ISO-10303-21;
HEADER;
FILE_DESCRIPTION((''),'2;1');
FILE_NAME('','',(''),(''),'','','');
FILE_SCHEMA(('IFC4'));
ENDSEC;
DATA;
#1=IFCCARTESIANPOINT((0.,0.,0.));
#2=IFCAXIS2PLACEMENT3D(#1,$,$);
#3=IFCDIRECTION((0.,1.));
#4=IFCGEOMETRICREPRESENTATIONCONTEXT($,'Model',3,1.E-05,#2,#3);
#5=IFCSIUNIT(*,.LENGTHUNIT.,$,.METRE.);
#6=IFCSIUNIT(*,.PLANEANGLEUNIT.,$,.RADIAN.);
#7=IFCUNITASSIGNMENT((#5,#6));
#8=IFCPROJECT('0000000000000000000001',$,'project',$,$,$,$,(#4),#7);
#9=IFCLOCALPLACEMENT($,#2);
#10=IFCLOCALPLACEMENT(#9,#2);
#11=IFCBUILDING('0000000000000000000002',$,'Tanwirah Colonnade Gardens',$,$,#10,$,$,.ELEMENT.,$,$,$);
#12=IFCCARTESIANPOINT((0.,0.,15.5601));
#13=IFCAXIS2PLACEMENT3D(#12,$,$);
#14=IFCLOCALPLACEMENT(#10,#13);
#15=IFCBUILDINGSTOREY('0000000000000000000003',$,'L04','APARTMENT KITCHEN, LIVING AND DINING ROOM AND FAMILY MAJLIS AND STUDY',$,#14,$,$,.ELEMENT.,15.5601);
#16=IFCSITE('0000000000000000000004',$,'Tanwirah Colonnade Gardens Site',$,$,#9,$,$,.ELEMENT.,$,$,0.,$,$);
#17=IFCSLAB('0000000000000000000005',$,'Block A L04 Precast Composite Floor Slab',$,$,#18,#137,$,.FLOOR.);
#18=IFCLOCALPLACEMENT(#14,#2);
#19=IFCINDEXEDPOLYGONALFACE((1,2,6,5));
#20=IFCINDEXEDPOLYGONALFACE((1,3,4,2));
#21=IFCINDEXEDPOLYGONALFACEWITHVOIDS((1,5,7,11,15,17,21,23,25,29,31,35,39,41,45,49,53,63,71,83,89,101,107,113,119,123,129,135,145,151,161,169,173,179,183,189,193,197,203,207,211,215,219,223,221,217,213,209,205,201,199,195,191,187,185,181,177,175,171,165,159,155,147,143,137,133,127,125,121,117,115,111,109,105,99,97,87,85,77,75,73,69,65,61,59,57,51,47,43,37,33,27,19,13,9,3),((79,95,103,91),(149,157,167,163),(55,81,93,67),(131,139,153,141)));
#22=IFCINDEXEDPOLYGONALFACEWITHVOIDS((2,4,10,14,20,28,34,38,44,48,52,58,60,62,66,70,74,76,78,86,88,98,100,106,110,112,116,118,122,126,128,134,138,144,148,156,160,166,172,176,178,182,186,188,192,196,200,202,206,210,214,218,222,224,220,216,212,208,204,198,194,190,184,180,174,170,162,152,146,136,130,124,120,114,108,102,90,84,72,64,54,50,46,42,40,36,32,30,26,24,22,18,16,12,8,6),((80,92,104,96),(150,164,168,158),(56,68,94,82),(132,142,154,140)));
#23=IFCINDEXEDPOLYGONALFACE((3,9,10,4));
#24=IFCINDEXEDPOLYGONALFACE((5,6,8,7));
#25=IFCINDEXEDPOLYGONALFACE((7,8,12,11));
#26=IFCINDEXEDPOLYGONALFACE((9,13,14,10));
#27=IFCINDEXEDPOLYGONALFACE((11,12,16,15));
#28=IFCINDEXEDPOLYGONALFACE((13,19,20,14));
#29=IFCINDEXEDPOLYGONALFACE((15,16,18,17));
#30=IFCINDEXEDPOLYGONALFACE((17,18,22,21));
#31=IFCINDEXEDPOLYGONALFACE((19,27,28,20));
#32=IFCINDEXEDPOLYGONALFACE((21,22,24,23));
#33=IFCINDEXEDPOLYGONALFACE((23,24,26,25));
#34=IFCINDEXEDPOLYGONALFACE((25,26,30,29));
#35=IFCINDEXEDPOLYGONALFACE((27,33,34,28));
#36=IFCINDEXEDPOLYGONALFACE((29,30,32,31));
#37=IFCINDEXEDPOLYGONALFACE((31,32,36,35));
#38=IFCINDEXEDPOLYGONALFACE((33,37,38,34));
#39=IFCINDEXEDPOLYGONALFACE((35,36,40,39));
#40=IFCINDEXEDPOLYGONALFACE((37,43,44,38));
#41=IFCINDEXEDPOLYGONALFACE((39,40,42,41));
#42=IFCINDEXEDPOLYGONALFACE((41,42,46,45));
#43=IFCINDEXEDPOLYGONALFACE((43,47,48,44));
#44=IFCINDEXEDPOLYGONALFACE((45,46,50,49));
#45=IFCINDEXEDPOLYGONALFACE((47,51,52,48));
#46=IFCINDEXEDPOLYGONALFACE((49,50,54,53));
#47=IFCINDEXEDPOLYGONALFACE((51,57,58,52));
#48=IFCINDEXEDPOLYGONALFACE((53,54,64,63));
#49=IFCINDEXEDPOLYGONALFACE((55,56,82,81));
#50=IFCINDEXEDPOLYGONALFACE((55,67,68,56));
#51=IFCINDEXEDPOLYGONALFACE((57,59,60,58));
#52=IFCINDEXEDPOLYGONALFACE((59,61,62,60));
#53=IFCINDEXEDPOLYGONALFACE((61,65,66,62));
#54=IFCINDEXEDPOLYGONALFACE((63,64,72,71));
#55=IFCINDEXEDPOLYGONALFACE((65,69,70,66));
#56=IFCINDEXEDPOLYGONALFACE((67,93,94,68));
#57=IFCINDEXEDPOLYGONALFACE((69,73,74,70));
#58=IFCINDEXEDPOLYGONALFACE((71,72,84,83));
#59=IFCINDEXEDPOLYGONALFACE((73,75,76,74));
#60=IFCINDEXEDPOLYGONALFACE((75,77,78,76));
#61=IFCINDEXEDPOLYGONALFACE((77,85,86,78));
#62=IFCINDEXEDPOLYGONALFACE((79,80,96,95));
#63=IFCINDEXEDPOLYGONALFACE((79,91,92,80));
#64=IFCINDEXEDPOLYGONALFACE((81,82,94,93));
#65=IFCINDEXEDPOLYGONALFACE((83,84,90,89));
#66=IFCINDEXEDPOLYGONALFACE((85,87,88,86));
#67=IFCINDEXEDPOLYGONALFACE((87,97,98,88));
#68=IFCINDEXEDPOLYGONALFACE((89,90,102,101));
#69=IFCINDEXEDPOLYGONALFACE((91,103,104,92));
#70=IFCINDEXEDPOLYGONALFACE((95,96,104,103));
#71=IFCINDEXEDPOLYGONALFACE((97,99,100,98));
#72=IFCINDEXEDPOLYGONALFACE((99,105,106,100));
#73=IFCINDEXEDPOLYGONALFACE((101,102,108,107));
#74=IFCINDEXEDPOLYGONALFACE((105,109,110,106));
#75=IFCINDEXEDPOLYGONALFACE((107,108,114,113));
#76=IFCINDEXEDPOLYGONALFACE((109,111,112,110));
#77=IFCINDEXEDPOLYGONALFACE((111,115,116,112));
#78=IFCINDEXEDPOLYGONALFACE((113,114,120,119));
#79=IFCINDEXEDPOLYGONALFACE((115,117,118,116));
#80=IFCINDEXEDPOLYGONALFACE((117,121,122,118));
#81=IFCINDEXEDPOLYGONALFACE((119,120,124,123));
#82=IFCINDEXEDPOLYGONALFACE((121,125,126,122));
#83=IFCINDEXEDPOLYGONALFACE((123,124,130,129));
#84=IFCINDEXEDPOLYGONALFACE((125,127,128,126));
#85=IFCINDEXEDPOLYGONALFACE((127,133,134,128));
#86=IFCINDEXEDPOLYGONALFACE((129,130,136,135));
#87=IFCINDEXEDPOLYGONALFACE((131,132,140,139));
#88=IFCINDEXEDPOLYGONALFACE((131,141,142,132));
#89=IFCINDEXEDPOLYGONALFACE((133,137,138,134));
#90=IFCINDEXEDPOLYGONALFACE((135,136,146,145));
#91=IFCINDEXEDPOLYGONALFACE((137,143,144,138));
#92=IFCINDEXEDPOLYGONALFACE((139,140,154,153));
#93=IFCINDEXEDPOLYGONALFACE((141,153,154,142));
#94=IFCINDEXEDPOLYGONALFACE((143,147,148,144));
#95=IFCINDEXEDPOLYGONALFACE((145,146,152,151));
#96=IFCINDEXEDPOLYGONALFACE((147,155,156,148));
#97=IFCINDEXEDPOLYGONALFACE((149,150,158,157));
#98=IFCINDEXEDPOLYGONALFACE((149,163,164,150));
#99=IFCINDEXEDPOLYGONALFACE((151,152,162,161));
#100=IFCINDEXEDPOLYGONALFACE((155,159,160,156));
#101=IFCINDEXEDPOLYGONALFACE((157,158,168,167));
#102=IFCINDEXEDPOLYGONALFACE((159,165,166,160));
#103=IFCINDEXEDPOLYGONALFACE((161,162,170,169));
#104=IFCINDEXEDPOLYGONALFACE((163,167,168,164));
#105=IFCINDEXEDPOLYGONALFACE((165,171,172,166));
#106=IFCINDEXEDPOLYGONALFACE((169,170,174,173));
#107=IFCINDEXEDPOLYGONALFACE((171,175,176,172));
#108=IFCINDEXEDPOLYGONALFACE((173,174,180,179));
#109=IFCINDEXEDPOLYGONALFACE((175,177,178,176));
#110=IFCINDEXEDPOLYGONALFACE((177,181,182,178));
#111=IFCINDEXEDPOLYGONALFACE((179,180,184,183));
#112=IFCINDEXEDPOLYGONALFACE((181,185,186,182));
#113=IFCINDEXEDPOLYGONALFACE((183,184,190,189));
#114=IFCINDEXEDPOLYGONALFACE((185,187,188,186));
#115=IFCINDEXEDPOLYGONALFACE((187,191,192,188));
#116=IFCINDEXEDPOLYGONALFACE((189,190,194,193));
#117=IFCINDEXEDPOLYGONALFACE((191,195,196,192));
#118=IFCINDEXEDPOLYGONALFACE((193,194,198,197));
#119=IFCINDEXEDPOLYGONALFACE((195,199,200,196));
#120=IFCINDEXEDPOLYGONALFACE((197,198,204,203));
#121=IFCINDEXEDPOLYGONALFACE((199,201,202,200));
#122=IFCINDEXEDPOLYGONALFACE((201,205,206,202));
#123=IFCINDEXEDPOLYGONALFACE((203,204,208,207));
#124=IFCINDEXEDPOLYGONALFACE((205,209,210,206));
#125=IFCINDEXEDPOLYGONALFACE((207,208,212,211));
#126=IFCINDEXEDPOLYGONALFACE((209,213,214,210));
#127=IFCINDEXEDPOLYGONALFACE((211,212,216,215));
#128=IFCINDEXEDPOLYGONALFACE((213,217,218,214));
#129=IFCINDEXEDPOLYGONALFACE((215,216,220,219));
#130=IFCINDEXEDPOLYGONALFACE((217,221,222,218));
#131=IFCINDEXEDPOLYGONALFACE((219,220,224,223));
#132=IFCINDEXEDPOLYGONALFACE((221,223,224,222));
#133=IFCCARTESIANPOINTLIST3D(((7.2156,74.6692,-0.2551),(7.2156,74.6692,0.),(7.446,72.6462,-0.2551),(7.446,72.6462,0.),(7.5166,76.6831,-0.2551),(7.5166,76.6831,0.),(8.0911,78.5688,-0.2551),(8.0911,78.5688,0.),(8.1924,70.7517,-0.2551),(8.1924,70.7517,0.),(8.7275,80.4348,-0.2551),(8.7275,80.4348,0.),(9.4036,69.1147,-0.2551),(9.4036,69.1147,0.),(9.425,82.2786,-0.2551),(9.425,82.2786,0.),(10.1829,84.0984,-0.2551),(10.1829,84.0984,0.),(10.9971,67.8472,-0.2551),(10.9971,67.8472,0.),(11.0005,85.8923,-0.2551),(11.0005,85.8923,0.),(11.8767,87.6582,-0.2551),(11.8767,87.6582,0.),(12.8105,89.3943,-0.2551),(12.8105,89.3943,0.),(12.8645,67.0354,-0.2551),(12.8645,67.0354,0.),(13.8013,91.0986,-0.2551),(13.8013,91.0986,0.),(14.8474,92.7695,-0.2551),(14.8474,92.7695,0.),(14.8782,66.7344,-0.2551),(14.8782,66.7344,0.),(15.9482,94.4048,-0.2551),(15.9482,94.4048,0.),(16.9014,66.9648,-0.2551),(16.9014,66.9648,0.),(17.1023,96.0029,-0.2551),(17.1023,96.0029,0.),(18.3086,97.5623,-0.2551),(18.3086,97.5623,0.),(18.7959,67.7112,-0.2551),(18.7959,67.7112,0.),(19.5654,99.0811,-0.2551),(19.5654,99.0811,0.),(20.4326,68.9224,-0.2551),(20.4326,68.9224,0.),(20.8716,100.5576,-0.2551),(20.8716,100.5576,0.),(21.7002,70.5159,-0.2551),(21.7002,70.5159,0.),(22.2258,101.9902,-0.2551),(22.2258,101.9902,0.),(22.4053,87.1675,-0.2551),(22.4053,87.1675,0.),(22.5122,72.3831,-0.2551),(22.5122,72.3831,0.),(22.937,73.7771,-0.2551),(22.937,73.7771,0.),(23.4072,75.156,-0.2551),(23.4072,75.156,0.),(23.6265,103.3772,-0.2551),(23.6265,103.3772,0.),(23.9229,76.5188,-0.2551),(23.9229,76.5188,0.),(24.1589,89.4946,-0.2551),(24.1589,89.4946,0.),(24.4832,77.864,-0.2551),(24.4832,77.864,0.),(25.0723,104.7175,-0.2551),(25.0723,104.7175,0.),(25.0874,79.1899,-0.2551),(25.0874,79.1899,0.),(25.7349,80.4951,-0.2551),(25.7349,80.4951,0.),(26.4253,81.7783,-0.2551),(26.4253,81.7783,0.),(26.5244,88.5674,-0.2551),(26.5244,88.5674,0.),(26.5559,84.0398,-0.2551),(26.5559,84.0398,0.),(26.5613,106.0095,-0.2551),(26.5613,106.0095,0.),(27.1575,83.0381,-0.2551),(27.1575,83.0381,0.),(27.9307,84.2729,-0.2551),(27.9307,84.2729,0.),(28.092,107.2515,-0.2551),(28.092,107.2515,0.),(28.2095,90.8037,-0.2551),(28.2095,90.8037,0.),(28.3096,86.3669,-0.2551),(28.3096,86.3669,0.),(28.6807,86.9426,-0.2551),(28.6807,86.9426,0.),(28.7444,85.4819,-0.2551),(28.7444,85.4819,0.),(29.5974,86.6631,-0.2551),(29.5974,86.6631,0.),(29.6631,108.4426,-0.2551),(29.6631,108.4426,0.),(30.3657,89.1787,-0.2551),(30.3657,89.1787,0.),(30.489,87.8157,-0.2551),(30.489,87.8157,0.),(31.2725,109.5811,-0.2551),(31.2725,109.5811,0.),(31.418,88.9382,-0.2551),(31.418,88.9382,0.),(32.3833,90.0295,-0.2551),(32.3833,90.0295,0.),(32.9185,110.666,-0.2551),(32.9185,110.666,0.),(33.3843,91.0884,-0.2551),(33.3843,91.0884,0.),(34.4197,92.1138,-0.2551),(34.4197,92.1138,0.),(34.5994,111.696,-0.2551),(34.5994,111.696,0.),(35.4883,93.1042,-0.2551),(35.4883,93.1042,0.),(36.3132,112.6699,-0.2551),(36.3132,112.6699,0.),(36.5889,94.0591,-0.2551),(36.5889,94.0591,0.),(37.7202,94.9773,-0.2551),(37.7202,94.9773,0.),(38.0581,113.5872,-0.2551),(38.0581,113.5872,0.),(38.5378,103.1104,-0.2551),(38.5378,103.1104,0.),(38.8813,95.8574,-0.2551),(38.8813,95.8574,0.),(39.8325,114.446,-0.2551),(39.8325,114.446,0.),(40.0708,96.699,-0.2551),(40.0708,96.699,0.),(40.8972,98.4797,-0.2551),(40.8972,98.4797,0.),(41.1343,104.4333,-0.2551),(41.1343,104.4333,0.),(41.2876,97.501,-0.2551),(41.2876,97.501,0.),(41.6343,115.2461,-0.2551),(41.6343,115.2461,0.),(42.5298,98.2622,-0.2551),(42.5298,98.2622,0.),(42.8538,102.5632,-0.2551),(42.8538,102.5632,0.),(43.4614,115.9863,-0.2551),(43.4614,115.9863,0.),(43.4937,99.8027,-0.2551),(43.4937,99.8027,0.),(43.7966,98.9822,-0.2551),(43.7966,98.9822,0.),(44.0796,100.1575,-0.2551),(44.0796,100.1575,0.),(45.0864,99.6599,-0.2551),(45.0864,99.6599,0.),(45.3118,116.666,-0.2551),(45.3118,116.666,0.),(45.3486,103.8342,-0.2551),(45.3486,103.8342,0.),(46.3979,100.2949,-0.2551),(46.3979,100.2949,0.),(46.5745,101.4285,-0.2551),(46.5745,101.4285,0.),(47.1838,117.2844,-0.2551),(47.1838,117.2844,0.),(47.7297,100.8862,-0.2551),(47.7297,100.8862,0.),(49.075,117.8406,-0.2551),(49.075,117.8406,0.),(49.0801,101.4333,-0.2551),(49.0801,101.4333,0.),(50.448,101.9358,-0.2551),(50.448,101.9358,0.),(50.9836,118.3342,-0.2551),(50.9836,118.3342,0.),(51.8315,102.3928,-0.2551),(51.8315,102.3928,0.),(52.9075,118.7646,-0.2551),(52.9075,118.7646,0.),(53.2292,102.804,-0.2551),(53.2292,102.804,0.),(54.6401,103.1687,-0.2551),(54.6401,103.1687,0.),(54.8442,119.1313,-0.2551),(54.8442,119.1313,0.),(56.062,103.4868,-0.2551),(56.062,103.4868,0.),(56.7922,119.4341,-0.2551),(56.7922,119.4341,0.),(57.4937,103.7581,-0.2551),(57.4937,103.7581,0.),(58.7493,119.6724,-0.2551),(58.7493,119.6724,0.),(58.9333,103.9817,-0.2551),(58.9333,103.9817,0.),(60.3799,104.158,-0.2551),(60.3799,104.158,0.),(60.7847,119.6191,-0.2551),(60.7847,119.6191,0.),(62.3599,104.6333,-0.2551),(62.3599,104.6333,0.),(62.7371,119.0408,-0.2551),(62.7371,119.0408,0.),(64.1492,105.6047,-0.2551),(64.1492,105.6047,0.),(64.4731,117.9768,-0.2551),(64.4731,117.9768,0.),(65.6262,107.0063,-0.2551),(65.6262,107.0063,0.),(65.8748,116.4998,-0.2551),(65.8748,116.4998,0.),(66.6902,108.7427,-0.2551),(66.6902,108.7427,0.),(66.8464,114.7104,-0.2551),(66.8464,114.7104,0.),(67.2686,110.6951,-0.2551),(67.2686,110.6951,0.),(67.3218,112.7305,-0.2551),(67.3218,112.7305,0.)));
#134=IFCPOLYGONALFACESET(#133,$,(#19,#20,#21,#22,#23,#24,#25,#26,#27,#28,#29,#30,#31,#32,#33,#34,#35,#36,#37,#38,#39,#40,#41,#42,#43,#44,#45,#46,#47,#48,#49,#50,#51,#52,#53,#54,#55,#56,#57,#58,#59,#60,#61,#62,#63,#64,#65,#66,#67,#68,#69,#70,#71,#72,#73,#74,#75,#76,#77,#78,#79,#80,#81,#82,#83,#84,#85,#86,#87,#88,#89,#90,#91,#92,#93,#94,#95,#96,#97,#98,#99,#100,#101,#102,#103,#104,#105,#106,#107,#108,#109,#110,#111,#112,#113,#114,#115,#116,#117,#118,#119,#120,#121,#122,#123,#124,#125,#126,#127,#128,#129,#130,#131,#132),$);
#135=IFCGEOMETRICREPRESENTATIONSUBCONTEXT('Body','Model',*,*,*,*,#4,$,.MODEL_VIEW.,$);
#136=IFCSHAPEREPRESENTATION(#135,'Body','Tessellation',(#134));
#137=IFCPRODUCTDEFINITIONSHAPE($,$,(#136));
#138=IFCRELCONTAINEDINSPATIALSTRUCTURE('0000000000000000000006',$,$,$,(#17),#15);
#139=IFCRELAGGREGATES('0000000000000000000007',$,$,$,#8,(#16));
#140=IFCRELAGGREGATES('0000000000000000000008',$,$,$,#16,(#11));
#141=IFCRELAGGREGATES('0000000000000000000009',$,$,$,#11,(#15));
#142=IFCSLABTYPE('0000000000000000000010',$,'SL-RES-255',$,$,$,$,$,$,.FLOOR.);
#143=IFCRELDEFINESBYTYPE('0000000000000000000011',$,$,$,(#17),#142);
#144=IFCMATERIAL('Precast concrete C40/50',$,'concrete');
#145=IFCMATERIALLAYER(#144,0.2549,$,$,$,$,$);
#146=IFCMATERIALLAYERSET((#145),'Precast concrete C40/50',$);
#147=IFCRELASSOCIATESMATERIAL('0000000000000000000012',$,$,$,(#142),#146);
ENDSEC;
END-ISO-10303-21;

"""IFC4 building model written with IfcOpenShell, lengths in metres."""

from ifc_helpers import new_model, si_unit, direction, frame, origin, place, context, subcontext, project, spatial, polyline, outline, extrude, material, layer, layer_set, type_object, element, save


model = new_model("IFC4")

# Units and contexts
model_context = context("Model", 3, precision=1e-05, world=origin(), true_north=direction((0.0, 1.0)))
body_context = subcontext(model_context, "Body", "Model", "MODEL_VIEW")
ifc_project = project(units=[si_unit("LENGTHUNIT", "METRE"), si_unit("PLANEANGLEUNIT", "RADIAN")], contexts=[model_context])

# Site, building, storey
site_placement = place(None, origin())
site = spatial("IfcSite", under=ifc_project, at=site_placement, Name="Tanwirah Colonnade Gardens Site", CompositionType="ELEMENT", RefElevation=0.0)
building_placement = place(site_placement, origin())
building = spatial("IfcBuilding", under=site, at=building_placement, Name="Tanwirah Colonnade Gardens", CompositionType="ELEMENT")
storey_placement = place(building_placement, frame((0.0, 0.0, 15.5601)))
storey = spatial("IfcBuildingStorey", under=building, at=storey_placement, Name="L04", Description="APARTMENT KITCHEN, LIVING AND DINING ROOM AND FAMILY MAJLIS AND STUDY", CompositionType="ELEMENT", Elevation=15.5601)

# Shared definitions
ifc_material_1 = material(Name="Precast concrete C40/50", Category="concrete")

# Slab
ifc_layer_1 = layer(ifc_material_1, 0.2549)
ifc_layer_set_1 = layer_set([ifc_layer_1], Name="Precast concrete C40/50")
slab_type_1 = type_object("IfcSlabType", Name="SL-RES-255", PredefinedType="FLOOR", material=ifc_layer_set_1)
slab_1_placement = place(storey_placement, frame((0.0, 0.0, -0.2551)))
element("IfcSlab", 1, at=slab_1_placement, inside=storey, type_object=slab_type_1, Name="Block A L04 Precast Composite Floor Slab", PredefinedType="FLOOR", context=body_context, shape_type="SweptSolid", body=[
    extrude(outline(polyline([(57.4937, 103.7581), (58.9333, 103.9817), (60.3799, 104.158), (62.3599, 104.6333), (64.1492, 105.6047), (65.6262, 107.0063), (66.6902, 108.7427), (67.2686, 110.6951), (67.3218, 112.7305), (66.8464, 114.7104), (65.8748, 116.4998), (64.4731, 117.9768), (62.7371, 119.0408), (60.7847, 119.6191), (58.7493, 119.6724), (56.7922, 119.4341), (54.8442, 119.1313), (52.9075, 118.7646), (50.9836, 118.3342), (49.075, 117.8406), (47.1838, 117.2844), (45.3118, 116.666), (43.4614, 115.9863), (41.6343, 115.2461), (39.8325, 114.446), (38.0581, 113.5872), (36.3132, 112.6699), (34.5994, 111.696), (32.9185, 110.666), (31.2725, 109.5811), (29.6631, 108.4426), (28.092, 107.2515), (26.5613, 106.0095), (25.0723, 104.7175), (23.6265, 103.3772), (22.2258, 101.9902), (20.8716, 100.5576), (19.5654, 99.0811), (18.3086, 97.5623), (17.1023, 96.0029), (15.9482, 94.4048), (14.8474, 92.7695), (13.8013, 91.0986), (12.8105, 89.3943), (11.8767, 87.6582), (11.0005, 85.8923), (10.1829, 84.0984), (9.425, 82.2786), (8.7275, 80.4348), (8.0911, 78.5688), (7.5166, 76.6831), (7.2156, 74.6692), (7.446, 72.6462), (8.1924, 70.7517), (9.4036, 69.1147), (10.9971, 67.8472), (12.8645, 67.0354), (14.8782, 66.7344), (16.9014, 66.9648), (18.7959, 67.7112), (20.4326, 68.9224), (21.7002, 70.5159), (22.5122, 72.3831), (22.937, 73.7771), (23.4072, 75.156), (23.9229, 76.5188), (24.4832, 77.864), (25.0874, 79.1899), (25.7349, 80.4951), (26.4253, 81.7783), (27.1575, 83.0381), (27.9307, 84.2729), (28.7444, 85.4819), (29.5974, 86.6631), (30.489, 87.8157), (31.418, 88.9382), (32.3833, 90.0295), (33.3843, 91.0884), (34.4197, 92.1138), (35.4883, 93.1042), (36.5889, 94.0591), (37.7202, 94.9773), (38.8813, 95.8574), (40.0708, 96.699), (41.2876, 97.501), (42.5298, 98.2622), (43.7966, 98.9822), (45.0864, 99.6599), (46.3979, 100.2949), (47.7297, 100.8862), (49.0801, 101.4333), (50.448, 101.9358), (51.8315, 102.3928), (53.2292, 102.804), (54.6401, 103.1687), (56.062, 103.4868), (57.4937, 103.7581)]), holes=[polyline([(41.1343, 104.4333), (43.4937, 99.8027), (40.8972, 98.4797), (38.5378, 103.1104), (41.1343, 104.4333)]), polyline([(46.5745, 101.4285), (44.0796, 100.1575), (42.8538, 102.5632), (45.3486, 103.8342), (46.5745, 101.4285)]), polyline([(26.5559, 84.0398), (22.4053, 87.1675), (24.1589, 89.4946), (28.3096, 86.3669), (26.5559, 84.0398)]), polyline([(26.5244, 88.5674), (28.2095, 90.8037), (30.3657, 89.1787), (28.6807, 86.9426), (26.5244, 88.5674)])]), origin(), (0.0, 0.0, 1.0), 0.2551),
])

save(model, "model.ifc")
